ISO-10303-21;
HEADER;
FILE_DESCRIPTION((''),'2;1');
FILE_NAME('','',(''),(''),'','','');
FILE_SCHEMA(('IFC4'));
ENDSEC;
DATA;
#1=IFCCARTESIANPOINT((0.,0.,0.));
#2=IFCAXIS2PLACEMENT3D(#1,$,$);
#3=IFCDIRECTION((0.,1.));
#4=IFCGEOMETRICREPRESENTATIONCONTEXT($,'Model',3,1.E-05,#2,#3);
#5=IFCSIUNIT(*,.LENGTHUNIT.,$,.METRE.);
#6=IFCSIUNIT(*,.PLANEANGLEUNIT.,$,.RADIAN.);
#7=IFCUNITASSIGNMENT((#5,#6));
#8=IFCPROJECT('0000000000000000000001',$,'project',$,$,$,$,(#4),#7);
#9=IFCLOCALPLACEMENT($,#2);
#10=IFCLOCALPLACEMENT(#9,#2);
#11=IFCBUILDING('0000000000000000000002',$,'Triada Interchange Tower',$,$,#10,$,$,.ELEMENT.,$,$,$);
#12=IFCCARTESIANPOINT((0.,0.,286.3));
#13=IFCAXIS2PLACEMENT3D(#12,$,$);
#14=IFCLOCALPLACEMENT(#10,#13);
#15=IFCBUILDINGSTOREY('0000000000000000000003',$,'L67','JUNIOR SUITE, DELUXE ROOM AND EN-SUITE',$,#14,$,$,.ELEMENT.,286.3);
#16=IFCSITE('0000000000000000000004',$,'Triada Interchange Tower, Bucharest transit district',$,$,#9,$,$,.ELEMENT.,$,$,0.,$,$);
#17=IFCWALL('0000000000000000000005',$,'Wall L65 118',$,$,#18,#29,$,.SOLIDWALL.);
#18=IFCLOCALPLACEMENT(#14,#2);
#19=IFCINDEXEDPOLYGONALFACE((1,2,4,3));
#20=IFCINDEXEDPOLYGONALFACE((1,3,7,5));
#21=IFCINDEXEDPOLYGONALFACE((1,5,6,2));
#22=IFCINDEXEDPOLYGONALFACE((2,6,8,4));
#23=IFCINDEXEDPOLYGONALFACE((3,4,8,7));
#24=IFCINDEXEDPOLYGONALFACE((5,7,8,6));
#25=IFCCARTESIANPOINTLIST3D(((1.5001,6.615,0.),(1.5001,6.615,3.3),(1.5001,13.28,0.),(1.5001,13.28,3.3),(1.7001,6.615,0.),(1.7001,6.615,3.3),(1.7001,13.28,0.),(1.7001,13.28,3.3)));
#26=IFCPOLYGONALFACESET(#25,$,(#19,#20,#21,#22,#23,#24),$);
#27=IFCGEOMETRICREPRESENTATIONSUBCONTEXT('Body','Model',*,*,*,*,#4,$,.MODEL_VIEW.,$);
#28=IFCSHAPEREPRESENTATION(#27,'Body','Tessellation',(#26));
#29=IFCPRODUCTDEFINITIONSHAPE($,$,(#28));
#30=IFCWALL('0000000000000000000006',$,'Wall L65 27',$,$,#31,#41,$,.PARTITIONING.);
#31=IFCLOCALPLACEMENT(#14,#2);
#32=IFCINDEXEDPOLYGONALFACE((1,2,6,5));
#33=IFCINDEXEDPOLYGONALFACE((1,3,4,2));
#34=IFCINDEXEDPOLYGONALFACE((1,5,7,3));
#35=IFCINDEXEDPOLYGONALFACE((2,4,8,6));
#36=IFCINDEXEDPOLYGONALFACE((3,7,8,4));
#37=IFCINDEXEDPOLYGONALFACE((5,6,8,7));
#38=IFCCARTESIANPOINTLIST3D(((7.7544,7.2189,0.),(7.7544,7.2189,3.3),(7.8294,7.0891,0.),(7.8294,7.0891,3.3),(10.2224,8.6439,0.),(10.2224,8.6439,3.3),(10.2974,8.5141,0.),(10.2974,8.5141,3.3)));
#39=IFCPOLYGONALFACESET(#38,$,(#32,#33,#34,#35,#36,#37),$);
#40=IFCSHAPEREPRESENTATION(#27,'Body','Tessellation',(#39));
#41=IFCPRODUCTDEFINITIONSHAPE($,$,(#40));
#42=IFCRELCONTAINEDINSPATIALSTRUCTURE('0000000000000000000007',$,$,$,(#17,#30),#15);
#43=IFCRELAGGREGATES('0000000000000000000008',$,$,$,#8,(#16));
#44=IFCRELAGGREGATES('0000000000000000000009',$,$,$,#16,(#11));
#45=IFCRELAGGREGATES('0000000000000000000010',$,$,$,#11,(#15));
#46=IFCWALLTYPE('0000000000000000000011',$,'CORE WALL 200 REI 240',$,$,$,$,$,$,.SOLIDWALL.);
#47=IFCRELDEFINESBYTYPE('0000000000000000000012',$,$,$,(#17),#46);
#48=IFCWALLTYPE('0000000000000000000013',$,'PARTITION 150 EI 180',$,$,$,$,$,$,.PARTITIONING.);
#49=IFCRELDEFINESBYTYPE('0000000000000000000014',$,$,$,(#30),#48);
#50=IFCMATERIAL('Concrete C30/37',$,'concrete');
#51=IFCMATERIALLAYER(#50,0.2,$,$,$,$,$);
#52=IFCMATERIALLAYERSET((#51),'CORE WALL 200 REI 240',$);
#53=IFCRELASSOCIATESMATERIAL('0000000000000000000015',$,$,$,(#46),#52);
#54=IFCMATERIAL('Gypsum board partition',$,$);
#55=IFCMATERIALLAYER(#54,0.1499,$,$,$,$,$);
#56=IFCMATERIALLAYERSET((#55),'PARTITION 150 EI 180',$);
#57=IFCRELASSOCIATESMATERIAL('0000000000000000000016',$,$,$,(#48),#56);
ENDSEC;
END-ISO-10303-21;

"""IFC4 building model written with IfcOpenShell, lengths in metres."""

from ifc_helpers import new_model, si_unit, direction, frame, frame_2d, origin, place, context, subcontext, project, spatial, rectangle, extrude, material, layer, layer_set, type_object, element, save


model = new_model("IFC4")

# Units and contexts
model_context = context("Model", 3, precision=1e-05, world=origin(), true_north=direction((0.0, 1.0)))
body_context = subcontext(model_context, "Body", "Model", "MODEL_VIEW")
ifc_project = project(units=[si_unit("LENGTHUNIT", "METRE"), si_unit("PLANEANGLEUNIT", "RADIAN")], contexts=[model_context])

# Site, building, storey
site_placement = place(None, origin())
site = spatial("IfcSite", under=ifc_project, at=site_placement, Name="Triada Interchange Tower, Bucharest transit district", CompositionType="ELEMENT", RefElevation=0.0)
building_placement = place(site_placement, origin())
building = spatial("IfcBuilding", under=site, at=building_placement, Name="Triada Interchange Tower", CompositionType="ELEMENT")
storey_placement = place(building_placement, frame((0.0, 0.0, 286.3)))
storey = spatial("IfcBuildingStorey", under=building, at=storey_placement, Name="L67", Description="JUNIOR SUITE, DELUXE ROOM AND EN-SUITE", CompositionType="ELEMENT", Elevation=286.3)

# Shared definitions
ifc_material_1 = material(Name="Concrete C30/37", Category="concrete")

# Walls
ifc_layer_1 = layer(ifc_material_1, 0.2)
ifc_layer_set_1 = layer_set([ifc_layer_1], Name="CORE WALL 200 REI 240")
wall_type_1 = type_object("IfcWallType", Name="CORE WALL 200 REI 240", PredefinedType="SOLIDWALL", material=ifc_layer_set_1)
wall_1_placement = place(storey_placement, frame((1.6001, 6.615, 0.0), z_axis=(0.0, 0.0, 1.0), x_axis=(0.0, 1.0, 0.0)))
element("IfcWall", 1, at=wall_1_placement, inside=storey, type_object=wall_type_1, Name="Wall L65 118", PredefinedType="SOLIDWALL", context=body_context, shape_type="SweptSolid", body=[
    extrude(rectangle(XDim=6.665, YDim=0.2, at=frame_2d((3.3325, 0.0))), origin(), (0.0, 0.0, 1.0), 3.3),
])
ifc_material_2 = material(Name="Gypsum board partition")
ifc_layer_2 = layer(ifc_material_2, 0.1499)
ifc_layer_set_2 = layer_set([ifc_layer_2], Name="PARTITION 150 EI 180")
wall_type_2 = type_object("IfcWallType", Name="PARTITION 150 EI 180", PredefinedType="PARTITIONING", material=ifc_layer_set_2)
wall_2_placement = place(storey_placement, frame((7.792, 7.1541, 0.0), z_axis=(0.0, 0.0, 1.0), x_axis=(0.866004, 0.500036, 0.0)))
element("IfcWall", 2, at=wall_2_placement, inside=storey, type_object=wall_type_2, Name="Wall L65 27", PredefinedType="PARTITIONING", context=body_context, shape_type="SweptSolid", body=[
    extrude(rectangle(XDim=2.8499, YDim=0.1499, at=frame_2d((1.4248, 0.0))), origin(), (0.0, 0.0, 1.0), 3.3),
])

save(model, "model.ifc")
